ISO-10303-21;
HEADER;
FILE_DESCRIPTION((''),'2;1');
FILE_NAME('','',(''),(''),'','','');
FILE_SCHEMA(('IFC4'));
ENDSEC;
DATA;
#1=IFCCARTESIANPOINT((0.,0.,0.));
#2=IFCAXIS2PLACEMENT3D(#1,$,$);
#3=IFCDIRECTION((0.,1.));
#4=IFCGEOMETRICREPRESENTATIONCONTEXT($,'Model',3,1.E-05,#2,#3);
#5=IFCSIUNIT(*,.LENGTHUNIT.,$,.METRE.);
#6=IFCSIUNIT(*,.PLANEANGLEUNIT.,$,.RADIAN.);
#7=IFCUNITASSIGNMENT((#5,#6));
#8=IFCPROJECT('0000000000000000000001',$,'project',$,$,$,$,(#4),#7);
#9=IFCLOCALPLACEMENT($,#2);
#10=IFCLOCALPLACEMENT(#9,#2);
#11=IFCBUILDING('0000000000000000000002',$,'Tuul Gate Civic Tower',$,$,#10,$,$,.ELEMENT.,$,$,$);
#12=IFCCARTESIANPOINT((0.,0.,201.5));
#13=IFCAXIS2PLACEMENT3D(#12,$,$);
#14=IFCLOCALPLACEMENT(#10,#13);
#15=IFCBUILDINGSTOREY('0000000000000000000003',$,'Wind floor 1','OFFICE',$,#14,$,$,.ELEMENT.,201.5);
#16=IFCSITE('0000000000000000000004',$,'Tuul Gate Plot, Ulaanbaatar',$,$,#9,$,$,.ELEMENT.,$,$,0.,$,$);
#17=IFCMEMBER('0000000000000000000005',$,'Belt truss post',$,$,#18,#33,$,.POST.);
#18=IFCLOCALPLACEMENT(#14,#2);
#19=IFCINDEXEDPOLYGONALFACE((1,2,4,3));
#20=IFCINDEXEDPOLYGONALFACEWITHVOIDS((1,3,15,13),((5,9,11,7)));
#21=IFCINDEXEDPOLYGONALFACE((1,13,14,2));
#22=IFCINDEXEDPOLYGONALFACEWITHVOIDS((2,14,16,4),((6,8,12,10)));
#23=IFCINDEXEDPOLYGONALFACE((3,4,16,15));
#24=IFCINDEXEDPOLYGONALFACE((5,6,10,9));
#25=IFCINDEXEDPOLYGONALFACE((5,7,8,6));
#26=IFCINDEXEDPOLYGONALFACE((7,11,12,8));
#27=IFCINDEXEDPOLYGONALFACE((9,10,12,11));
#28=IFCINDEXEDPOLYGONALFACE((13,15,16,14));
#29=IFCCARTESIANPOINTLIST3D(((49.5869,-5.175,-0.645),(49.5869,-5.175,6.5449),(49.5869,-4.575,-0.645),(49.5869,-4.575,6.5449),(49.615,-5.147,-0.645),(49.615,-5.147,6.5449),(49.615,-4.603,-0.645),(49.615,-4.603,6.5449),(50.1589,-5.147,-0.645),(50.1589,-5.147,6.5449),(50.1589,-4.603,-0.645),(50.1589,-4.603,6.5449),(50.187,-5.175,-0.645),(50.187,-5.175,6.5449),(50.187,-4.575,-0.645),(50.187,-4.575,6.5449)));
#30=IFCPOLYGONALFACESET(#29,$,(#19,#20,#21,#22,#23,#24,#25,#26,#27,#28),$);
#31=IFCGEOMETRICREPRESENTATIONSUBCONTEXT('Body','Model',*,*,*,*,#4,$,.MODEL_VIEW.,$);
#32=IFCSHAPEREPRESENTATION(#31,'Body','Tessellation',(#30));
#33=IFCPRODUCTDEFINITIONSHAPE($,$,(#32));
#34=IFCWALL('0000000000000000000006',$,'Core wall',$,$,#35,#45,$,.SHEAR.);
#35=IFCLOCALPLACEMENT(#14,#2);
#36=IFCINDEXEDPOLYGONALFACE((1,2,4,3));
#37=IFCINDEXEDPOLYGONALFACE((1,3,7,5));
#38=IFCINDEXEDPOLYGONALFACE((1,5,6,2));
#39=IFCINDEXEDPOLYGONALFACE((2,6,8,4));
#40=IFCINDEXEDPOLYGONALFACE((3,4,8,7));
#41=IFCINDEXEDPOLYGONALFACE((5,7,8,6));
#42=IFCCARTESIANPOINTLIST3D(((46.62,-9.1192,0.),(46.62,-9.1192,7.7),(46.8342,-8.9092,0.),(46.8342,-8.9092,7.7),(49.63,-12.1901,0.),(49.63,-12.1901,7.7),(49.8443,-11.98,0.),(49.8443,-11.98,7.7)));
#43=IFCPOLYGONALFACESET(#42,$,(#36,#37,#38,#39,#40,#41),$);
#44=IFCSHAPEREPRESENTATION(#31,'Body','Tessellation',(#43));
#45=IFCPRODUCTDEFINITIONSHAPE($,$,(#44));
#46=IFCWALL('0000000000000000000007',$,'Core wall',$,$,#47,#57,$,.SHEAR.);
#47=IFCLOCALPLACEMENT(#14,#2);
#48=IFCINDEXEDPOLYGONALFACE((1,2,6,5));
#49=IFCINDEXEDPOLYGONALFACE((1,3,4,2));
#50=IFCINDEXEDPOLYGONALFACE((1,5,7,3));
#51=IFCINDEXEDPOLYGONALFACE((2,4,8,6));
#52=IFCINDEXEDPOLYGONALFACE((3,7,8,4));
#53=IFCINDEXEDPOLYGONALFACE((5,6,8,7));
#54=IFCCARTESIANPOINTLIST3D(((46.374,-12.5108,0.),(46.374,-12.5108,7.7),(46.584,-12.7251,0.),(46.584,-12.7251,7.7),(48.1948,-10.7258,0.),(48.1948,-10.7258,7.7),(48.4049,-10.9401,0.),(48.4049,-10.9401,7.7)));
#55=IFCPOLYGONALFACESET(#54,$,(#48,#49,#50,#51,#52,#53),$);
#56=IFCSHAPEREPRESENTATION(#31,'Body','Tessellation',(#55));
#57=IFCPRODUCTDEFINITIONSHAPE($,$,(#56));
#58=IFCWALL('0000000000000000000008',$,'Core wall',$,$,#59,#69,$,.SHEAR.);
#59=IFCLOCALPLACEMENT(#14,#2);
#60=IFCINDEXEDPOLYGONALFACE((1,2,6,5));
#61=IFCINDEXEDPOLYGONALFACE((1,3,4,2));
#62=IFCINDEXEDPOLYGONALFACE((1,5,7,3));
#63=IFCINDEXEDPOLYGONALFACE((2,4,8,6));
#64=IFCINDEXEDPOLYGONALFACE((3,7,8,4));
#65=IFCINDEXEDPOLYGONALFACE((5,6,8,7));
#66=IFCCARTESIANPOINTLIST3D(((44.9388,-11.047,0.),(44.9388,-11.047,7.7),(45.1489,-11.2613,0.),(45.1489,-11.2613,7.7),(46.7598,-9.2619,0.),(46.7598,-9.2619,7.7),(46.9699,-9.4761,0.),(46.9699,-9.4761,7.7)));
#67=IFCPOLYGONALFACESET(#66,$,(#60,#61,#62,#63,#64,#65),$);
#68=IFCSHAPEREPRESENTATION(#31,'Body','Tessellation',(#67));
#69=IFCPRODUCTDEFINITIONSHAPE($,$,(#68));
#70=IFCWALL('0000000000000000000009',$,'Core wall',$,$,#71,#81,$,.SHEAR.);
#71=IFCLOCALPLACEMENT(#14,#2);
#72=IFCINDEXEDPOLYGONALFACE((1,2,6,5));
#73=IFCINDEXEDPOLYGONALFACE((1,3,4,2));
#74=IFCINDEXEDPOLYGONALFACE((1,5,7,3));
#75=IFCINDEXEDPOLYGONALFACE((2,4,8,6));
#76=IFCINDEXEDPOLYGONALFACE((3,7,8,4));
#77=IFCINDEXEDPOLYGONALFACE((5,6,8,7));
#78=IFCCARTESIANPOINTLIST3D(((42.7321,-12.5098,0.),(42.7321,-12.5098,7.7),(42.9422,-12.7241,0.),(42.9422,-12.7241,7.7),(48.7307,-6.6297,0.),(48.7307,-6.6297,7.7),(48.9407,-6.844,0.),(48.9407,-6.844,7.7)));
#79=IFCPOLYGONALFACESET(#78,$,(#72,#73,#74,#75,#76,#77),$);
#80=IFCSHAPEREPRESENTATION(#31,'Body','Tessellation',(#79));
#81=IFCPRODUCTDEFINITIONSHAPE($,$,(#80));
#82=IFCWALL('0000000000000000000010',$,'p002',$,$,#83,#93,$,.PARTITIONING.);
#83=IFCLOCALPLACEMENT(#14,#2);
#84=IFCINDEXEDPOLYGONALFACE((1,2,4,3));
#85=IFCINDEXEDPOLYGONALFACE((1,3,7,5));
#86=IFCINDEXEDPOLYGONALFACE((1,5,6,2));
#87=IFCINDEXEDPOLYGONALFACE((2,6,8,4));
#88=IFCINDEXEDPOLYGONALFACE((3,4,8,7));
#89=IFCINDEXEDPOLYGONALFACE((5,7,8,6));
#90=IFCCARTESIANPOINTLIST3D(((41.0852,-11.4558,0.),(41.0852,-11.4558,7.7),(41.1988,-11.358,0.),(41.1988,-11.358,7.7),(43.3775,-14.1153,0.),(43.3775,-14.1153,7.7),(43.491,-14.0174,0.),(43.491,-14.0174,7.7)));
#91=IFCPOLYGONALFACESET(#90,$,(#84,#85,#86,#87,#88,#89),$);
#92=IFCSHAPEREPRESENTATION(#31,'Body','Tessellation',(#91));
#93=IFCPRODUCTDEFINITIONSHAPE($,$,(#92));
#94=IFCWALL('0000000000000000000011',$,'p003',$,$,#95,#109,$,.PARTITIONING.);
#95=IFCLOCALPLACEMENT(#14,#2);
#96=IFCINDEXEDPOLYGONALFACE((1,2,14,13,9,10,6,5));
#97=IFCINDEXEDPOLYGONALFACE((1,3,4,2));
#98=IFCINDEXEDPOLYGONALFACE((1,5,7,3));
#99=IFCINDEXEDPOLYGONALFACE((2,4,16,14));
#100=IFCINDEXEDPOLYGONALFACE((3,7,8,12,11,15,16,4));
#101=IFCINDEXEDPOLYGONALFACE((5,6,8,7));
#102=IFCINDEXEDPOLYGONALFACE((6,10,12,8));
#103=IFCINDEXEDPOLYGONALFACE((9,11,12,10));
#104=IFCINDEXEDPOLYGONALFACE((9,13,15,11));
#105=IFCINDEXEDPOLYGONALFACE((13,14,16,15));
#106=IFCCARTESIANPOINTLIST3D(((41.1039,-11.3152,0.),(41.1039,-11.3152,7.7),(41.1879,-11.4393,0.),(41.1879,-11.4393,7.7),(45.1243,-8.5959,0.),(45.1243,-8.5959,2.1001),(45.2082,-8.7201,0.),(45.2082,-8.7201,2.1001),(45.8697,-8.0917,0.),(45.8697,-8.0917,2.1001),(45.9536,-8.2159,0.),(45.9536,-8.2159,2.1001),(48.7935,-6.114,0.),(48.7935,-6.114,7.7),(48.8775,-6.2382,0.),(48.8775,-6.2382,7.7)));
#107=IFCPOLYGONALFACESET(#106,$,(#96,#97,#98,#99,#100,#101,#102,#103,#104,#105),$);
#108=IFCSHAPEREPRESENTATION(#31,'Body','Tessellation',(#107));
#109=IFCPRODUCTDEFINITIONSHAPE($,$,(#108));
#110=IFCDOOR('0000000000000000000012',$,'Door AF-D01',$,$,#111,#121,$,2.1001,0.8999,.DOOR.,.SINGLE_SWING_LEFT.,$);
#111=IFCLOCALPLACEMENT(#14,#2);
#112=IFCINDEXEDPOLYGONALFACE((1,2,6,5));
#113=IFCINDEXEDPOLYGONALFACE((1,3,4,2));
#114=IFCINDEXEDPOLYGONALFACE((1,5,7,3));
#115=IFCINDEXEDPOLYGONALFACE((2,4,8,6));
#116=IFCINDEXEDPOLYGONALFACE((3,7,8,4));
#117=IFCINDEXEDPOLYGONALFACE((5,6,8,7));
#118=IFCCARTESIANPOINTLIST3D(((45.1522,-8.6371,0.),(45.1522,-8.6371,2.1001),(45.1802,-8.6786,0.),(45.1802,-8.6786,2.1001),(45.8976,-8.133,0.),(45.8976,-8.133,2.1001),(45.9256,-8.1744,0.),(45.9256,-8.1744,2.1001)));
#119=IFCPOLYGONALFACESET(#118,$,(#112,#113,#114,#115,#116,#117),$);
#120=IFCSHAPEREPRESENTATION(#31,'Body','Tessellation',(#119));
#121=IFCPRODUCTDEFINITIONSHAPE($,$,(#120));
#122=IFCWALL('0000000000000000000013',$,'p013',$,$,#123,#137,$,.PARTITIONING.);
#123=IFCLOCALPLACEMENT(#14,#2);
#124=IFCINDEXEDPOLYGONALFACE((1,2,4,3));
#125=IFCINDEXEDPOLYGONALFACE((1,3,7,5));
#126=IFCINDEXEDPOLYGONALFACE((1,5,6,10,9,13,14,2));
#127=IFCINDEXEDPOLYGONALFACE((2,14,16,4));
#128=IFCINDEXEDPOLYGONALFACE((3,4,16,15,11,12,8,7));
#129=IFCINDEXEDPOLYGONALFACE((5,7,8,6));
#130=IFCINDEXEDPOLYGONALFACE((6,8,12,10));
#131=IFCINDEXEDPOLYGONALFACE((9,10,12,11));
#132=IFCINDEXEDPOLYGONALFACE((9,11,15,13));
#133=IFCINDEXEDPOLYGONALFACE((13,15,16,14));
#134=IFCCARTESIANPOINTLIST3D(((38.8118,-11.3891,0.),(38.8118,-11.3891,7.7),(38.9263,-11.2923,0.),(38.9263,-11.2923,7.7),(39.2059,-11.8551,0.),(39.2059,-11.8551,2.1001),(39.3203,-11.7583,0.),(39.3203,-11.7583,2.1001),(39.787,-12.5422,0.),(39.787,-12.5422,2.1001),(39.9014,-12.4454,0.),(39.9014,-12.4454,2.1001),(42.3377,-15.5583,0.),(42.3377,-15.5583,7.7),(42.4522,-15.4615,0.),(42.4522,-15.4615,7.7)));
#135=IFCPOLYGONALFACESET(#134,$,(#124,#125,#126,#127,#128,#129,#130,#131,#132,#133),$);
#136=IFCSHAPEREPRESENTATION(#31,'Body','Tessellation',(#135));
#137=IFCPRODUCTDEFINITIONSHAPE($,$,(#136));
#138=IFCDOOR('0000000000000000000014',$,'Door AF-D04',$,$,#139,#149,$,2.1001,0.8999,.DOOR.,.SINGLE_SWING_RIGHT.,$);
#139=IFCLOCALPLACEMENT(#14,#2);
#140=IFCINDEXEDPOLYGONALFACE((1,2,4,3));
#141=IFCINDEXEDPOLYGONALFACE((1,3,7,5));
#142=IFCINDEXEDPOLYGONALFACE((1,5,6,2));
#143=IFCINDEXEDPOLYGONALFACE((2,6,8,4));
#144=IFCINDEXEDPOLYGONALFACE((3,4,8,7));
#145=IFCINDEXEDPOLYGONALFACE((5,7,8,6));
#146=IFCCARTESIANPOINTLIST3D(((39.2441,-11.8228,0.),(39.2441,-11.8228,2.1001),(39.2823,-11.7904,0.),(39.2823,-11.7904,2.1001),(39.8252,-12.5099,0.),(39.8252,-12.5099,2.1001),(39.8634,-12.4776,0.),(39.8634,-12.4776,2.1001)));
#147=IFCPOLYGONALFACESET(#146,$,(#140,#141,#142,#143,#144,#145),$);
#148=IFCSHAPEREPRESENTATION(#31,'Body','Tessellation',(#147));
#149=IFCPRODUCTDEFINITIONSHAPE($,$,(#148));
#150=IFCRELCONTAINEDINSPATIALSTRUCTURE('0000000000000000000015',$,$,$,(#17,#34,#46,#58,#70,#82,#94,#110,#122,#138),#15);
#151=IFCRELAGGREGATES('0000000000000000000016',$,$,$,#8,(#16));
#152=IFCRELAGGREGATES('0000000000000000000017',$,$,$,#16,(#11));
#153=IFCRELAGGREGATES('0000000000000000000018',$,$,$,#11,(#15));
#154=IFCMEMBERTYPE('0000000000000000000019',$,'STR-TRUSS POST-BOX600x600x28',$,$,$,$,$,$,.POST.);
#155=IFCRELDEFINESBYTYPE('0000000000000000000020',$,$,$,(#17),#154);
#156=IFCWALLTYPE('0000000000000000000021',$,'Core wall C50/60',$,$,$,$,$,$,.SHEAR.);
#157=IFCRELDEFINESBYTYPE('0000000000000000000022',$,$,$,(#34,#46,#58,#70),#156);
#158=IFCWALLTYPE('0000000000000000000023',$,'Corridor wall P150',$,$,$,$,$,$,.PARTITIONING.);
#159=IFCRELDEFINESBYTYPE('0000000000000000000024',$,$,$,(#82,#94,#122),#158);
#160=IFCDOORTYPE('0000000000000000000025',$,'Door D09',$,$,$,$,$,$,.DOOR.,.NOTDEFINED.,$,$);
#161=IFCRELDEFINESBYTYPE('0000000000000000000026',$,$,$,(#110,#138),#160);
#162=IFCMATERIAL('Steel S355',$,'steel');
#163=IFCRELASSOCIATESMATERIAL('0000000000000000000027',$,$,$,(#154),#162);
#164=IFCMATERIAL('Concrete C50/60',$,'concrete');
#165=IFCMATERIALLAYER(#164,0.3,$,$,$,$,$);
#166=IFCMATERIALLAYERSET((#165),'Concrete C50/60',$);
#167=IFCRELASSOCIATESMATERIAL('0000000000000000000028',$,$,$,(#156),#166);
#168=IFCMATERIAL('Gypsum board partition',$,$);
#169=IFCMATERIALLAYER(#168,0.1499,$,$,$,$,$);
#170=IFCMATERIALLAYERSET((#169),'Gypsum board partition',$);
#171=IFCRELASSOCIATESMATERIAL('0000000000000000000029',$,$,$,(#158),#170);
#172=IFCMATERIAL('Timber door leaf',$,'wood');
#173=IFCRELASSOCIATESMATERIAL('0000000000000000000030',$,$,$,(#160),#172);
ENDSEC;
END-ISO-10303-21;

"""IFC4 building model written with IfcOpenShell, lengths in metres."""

from ifc_helpers import new_model, si_unit, direction, frame, frame_2d, origin, origin_2d, place, context, subcontext, project, spatial, rectangle, hollow_rectangle, extrude, material, layer, layer_set, material_profile, profile_set, type_object, element, fill, save


model = new_model("IFC4")

# Units and contexts
model_context = context("Model", 3, precision=1e-05, world=origin(), true_north=direction((0.0, 1.0)))
body_context = subcontext(model_context, "Body", "Model", "MODEL_VIEW")
ifc_project = project(units=[si_unit("LENGTHUNIT", "METRE"), si_unit("PLANEANGLEUNIT", "RADIAN")], contexts=[model_context])

# Site, building, storey
site_placement = place(None, origin())
site = spatial("IfcSite", under=ifc_project, at=site_placement, Name="Tuul Gate Plot, Ulaanbaatar", CompositionType="ELEMENT", RefElevation=0.0)
building_placement = place(site_placement, origin())
building = spatial("IfcBuilding", under=site, at=building_placement, Name="Tuul Gate Civic Tower", CompositionType="ELEMENT")
storey_placement = place(building_placement, frame((0.0, 0.0, 201.5)))
storey = spatial("IfcBuildingStorey", under=building, at=storey_placement, Name="Wind floor 1", Description="OFFICE", CompositionType="ELEMENT", Elevation=201.5)

# Member
ifc_material_1 = material(Name="Steel S355", Category="steel")
ifc_material_profile_1 = material_profile(ifc_material_1, hollow_rectangle(XDim=0.6001, YDim=0.6001, WallThickness=0.0281, at=origin_2d()), Name="BOX600x600x28")
ifc_profile_set_1 = profile_set([ifc_material_profile_1], Name="Steel S355")
member_type_1 = type_object("IfcMemberType", Name="STR-TRUSS POST-BOX600x600x28", PredefinedType="POST", material=ifc_profile_set_1)
for number, where, z_axis, x_axis, name in (
    (1, (49.887, -4.875, -0.645), (0.0, 0.0, 1.0), (1.0, 0.0, 0.0), "Belt truss post"),
):
    element("IfcMember", number, at=place(storey_placement, frame(where, z_axis=z_axis, x_axis=x_axis)), inside=storey, type_object=member_type_1, Name=name, PredefinedType="POST", context=body_context, shape_type="SweptSolid", body=[
        extrude(hollow_rectangle(XDim=0.6001, YDim=0.6001, WallThickness=0.0281, at=origin_2d()), origin(), (0.0, 0.0, 1.0), 7.1899),
    ])

# Walls
ifc_material_2 = material(Name="Concrete C50/60", Category="concrete")
ifc_layer_1 = layer(ifc_material_2, 0.3)
ifc_layer_set_1 = layer_set([ifc_layer_1], Name="Concrete C50/60")
wall_type_1 = type_object("IfcWallType", Name="Core wall C50/60", PredefinedType="SHEAR", material=ifc_layer_set_1)
wall_1_placement = place(storey_placement, frame((49.7371, -12.085, 0.0), z_axis=(0.0, 0.0, 1.0), x_axis=(-0.700003, 0.71414, 0.0)))
element("IfcWall", 2, at=wall_1_placement, inside=storey, type_object=wall_type_1, Name="Core wall", PredefinedType="SHEAR", context=body_context, shape_type="SweptSolid", body=[
    extrude(rectangle(XDim=4.3, YDim=0.3, at=frame_2d((2.1499, 0.0))), origin(), (0.0, 0.0, 1.0), 7.7),
])
wall_2_placement = place(storey_placement, frame((46.479, -12.6179, 0.0), z_axis=(0.0, 0.0, 1.0), x_axis=(0.714109, 0.700034, 0.0)))
element("IfcWall", 3, at=wall_2_placement, inside=storey, type_object=wall_type_1, Name="Core wall", PredefinedType="SHEAR", context=body_context, shape_type="SweptSolid", body=[
    extrude(rectangle(XDim=2.5498, YDim=0.3, at=frame_2d((1.2749, 0.0))), origin(), (0.0, 0.0, 1.0), 7.7),
])
wall_3_placement = place(storey_placement, frame((45.0439, -11.1541, 0.0), z_axis=(0.0, 0.0, 1.0), x_axis=(0.714108, 0.700035, 0.0)))
element("IfcWall", 4, at=wall_3_placement, inside=storey, type_object=wall_type_1, Name="Core wall", PredefinedType="SHEAR", context=body_context, shape_type="SweptSolid", body=[
    extrude(rectangle(XDim=2.55, YDim=0.3, at=frame_2d((1.2749, 0.0))), origin(), (0.0, 0.0, 1.0), 7.7),
])
wall_4_placement = place(storey_placement, frame((42.8372, -12.6169, 0.0), z_axis=(0.0, 0.0, 1.0), x_axis=(0.71412, 0.700023, 0.0)))
element("IfcWall", 5, at=wall_4_placement, inside=storey, type_object=wall_type_1, Name="Core wall", PredefinedType="SHEAR", context=body_context, shape_type="SweptSolid", body=[
    extrude(rectangle(XDim=8.3999, YDim=0.3, at=frame_2d((4.2, 0.0))), origin(), (0.0, 0.0, 1.0), 7.7),
])
ifc_material_3 = material(Name="Gypsum board partition")
ifc_layer_2 = layer(ifc_material_3, 0.1499)
ifc_layer_set_2 = layer_set([ifc_layer_2], Name="Gypsum board partition")
wall_type_2 = type_object("IfcWallType", Name="Corridor wall P150", PredefinedType="PARTITIONING", material=ifc_layer_set_2)
wall_5_placement = place(storey_placement, frame((41.1421, -11.407, 0.0), z_axis=(0.0, 0.0, 1.0), x_axis=(0.652879, -0.757462, 0.0)))
element("IfcWall", 6, at=wall_5_placement, inside=storey, type_object=wall_type_2, Name="p002", PredefinedType="PARTITIONING", context=body_context, shape_type="SweptSolid", body=[
    extrude(rectangle(XDim=3.511, YDim=0.1499, at=frame_2d((1.7554, 0.0))), origin(), (0.0, 0.0, 1.0), 7.7),
])

# Walls, openings, doors
wall_6_placement = place(storey_placement, frame((41.146, -11.3772, 0.0), z_axis=(0.0, 0.0, 1.0), x_axis=(0.828318, 0.560259, 0.0)))
wall_6 = element("IfcWall", 7, at=wall_6_placement, inside=storey, type_object=wall_type_2, Name="p003", PredefinedType="PARTITIONING", context=body_context, shape_type="SweptSolid", body=[
    extrude(rectangle(XDim=9.2834, YDim=0.1499, at=frame_2d((4.6416, 0.0))), origin(), (0.0, 0.0, 1.0), 7.7),
])
opening_1_placement = place(wall_6_placement, frame((4.8535, 0.0, 0.0)))
opening_1 = element("IfcOpeningElement", 8, at=opening_1_placement, cuts=wall_6, PredefinedType="OPENING", context=body_context, shape_type="SweptSolid", body=[
    extrude(rectangle(XDim=0.8999, YDim=2.1001, at=frame_2d((0.45, 1.05))), frame((0.0, 0.085, 0.0), z_axis=(0.0, -1.0, 0.0), x_axis=(1.0, 0.0, 0.0)), (0.0, 0.0, 1.0), 0.1699),
])
ifc_material_4 = material(Name="Timber door leaf", Category="wood")
door_type_1 = type_object("IfcDoorType", Name="Door D09", OperationType="NOTDEFINED", PredefinedType="DOOR", material=ifc_material_4)
door_1_placement = place(opening_1_placement, frame((0.8999, 0.0, 0.0), z_axis=(0.0, 0.0, 1.0), x_axis=(-1.0, 0.0, 0.0)))
door_1 = element("IfcDoor", 9, at=door_1_placement, inside=storey, type_object=door_type_1, Name="Door AF-D01", OperationType="SINGLE_SWING_LEFT", OverallHeight=2.1001, OverallWidth=0.8999, PredefinedType="DOOR", context=body_context, shape_type="SweptSolid", body=[
    extrude(rectangle(XDim=0.8999, YDim=2.1001, at=frame_2d((0.45, 1.05))), frame((0.0, 0.0249, 0.0), z_axis=(0.0, -1.0, 0.0), x_axis=(1.0, 0.0, 0.0)), (0.0, 0.0, 1.0), 0.05),
])
fill(opening_1, door_1)
wall_7_placement = place(storey_placement, frame((38.8691, -11.3408, 0.0), z_axis=(0.0, 0.0, 1.0), x_axis=(0.64574, -0.763558, 0.0)))
wall_7 = element("IfcWall", 10, at=wall_7_placement, inside=storey, type_object=wall_type_2, Name="p013", PredefinedType="PARTITIONING", context=body_context, shape_type="SweptSolid", body=[
    extrude(rectangle(XDim=5.4602, YDim=0.1499, at=frame_2d((2.73, 0.0))), origin(), (0.0, 0.0, 1.0), 7.7),
])
opening_2_placement = place(wall_7_placement, frame((0.6101, 0.0, 0.0)))
opening_2 = element("IfcOpeningElement", 11, at=opening_2_placement, cuts=wall_7, PredefinedType="OPENING", context=body_context, shape_type="SweptSolid", body=[
    extrude(rectangle(XDim=0.8999, YDim=2.1001, at=frame_2d((0.45, 1.05))), frame((0.0, 0.085, 0.0), z_axis=(0.0, -1.0, 0.0), x_axis=(1.0, 0.0, 0.0)), (0.0, 0.0, 1.0), 0.1699),
])
door_2_placement = place(opening_2_placement, frame((0.8999, 0.0, 0.0), z_axis=(0.0, 0.0, 1.0), x_axis=(-1.0, 0.0, 0.0)))
door_2 = element("IfcDoor", 12, at=door_2_placement, inside=storey, type_object=door_type_1, Name="Door AF-D04", OperationType="SINGLE_SWING_RIGHT", OverallHeight=2.1001, OverallWidth=0.8999, PredefinedType="DOOR", context=body_context, shape_type="SweptSolid", body=[
    extrude(rectangle(XDim=0.8999, YDim=2.1001, at=frame_2d((0.45, 1.05))), frame((0.0, 0.0249, 0.0), z_axis=(0.0, -1.0, 0.0), x_axis=(1.0, 0.0, 0.0)), (0.0, 0.0, 1.0), 0.05),
])
fill(opening_2, door_2)

save(model, "model.ifc")
